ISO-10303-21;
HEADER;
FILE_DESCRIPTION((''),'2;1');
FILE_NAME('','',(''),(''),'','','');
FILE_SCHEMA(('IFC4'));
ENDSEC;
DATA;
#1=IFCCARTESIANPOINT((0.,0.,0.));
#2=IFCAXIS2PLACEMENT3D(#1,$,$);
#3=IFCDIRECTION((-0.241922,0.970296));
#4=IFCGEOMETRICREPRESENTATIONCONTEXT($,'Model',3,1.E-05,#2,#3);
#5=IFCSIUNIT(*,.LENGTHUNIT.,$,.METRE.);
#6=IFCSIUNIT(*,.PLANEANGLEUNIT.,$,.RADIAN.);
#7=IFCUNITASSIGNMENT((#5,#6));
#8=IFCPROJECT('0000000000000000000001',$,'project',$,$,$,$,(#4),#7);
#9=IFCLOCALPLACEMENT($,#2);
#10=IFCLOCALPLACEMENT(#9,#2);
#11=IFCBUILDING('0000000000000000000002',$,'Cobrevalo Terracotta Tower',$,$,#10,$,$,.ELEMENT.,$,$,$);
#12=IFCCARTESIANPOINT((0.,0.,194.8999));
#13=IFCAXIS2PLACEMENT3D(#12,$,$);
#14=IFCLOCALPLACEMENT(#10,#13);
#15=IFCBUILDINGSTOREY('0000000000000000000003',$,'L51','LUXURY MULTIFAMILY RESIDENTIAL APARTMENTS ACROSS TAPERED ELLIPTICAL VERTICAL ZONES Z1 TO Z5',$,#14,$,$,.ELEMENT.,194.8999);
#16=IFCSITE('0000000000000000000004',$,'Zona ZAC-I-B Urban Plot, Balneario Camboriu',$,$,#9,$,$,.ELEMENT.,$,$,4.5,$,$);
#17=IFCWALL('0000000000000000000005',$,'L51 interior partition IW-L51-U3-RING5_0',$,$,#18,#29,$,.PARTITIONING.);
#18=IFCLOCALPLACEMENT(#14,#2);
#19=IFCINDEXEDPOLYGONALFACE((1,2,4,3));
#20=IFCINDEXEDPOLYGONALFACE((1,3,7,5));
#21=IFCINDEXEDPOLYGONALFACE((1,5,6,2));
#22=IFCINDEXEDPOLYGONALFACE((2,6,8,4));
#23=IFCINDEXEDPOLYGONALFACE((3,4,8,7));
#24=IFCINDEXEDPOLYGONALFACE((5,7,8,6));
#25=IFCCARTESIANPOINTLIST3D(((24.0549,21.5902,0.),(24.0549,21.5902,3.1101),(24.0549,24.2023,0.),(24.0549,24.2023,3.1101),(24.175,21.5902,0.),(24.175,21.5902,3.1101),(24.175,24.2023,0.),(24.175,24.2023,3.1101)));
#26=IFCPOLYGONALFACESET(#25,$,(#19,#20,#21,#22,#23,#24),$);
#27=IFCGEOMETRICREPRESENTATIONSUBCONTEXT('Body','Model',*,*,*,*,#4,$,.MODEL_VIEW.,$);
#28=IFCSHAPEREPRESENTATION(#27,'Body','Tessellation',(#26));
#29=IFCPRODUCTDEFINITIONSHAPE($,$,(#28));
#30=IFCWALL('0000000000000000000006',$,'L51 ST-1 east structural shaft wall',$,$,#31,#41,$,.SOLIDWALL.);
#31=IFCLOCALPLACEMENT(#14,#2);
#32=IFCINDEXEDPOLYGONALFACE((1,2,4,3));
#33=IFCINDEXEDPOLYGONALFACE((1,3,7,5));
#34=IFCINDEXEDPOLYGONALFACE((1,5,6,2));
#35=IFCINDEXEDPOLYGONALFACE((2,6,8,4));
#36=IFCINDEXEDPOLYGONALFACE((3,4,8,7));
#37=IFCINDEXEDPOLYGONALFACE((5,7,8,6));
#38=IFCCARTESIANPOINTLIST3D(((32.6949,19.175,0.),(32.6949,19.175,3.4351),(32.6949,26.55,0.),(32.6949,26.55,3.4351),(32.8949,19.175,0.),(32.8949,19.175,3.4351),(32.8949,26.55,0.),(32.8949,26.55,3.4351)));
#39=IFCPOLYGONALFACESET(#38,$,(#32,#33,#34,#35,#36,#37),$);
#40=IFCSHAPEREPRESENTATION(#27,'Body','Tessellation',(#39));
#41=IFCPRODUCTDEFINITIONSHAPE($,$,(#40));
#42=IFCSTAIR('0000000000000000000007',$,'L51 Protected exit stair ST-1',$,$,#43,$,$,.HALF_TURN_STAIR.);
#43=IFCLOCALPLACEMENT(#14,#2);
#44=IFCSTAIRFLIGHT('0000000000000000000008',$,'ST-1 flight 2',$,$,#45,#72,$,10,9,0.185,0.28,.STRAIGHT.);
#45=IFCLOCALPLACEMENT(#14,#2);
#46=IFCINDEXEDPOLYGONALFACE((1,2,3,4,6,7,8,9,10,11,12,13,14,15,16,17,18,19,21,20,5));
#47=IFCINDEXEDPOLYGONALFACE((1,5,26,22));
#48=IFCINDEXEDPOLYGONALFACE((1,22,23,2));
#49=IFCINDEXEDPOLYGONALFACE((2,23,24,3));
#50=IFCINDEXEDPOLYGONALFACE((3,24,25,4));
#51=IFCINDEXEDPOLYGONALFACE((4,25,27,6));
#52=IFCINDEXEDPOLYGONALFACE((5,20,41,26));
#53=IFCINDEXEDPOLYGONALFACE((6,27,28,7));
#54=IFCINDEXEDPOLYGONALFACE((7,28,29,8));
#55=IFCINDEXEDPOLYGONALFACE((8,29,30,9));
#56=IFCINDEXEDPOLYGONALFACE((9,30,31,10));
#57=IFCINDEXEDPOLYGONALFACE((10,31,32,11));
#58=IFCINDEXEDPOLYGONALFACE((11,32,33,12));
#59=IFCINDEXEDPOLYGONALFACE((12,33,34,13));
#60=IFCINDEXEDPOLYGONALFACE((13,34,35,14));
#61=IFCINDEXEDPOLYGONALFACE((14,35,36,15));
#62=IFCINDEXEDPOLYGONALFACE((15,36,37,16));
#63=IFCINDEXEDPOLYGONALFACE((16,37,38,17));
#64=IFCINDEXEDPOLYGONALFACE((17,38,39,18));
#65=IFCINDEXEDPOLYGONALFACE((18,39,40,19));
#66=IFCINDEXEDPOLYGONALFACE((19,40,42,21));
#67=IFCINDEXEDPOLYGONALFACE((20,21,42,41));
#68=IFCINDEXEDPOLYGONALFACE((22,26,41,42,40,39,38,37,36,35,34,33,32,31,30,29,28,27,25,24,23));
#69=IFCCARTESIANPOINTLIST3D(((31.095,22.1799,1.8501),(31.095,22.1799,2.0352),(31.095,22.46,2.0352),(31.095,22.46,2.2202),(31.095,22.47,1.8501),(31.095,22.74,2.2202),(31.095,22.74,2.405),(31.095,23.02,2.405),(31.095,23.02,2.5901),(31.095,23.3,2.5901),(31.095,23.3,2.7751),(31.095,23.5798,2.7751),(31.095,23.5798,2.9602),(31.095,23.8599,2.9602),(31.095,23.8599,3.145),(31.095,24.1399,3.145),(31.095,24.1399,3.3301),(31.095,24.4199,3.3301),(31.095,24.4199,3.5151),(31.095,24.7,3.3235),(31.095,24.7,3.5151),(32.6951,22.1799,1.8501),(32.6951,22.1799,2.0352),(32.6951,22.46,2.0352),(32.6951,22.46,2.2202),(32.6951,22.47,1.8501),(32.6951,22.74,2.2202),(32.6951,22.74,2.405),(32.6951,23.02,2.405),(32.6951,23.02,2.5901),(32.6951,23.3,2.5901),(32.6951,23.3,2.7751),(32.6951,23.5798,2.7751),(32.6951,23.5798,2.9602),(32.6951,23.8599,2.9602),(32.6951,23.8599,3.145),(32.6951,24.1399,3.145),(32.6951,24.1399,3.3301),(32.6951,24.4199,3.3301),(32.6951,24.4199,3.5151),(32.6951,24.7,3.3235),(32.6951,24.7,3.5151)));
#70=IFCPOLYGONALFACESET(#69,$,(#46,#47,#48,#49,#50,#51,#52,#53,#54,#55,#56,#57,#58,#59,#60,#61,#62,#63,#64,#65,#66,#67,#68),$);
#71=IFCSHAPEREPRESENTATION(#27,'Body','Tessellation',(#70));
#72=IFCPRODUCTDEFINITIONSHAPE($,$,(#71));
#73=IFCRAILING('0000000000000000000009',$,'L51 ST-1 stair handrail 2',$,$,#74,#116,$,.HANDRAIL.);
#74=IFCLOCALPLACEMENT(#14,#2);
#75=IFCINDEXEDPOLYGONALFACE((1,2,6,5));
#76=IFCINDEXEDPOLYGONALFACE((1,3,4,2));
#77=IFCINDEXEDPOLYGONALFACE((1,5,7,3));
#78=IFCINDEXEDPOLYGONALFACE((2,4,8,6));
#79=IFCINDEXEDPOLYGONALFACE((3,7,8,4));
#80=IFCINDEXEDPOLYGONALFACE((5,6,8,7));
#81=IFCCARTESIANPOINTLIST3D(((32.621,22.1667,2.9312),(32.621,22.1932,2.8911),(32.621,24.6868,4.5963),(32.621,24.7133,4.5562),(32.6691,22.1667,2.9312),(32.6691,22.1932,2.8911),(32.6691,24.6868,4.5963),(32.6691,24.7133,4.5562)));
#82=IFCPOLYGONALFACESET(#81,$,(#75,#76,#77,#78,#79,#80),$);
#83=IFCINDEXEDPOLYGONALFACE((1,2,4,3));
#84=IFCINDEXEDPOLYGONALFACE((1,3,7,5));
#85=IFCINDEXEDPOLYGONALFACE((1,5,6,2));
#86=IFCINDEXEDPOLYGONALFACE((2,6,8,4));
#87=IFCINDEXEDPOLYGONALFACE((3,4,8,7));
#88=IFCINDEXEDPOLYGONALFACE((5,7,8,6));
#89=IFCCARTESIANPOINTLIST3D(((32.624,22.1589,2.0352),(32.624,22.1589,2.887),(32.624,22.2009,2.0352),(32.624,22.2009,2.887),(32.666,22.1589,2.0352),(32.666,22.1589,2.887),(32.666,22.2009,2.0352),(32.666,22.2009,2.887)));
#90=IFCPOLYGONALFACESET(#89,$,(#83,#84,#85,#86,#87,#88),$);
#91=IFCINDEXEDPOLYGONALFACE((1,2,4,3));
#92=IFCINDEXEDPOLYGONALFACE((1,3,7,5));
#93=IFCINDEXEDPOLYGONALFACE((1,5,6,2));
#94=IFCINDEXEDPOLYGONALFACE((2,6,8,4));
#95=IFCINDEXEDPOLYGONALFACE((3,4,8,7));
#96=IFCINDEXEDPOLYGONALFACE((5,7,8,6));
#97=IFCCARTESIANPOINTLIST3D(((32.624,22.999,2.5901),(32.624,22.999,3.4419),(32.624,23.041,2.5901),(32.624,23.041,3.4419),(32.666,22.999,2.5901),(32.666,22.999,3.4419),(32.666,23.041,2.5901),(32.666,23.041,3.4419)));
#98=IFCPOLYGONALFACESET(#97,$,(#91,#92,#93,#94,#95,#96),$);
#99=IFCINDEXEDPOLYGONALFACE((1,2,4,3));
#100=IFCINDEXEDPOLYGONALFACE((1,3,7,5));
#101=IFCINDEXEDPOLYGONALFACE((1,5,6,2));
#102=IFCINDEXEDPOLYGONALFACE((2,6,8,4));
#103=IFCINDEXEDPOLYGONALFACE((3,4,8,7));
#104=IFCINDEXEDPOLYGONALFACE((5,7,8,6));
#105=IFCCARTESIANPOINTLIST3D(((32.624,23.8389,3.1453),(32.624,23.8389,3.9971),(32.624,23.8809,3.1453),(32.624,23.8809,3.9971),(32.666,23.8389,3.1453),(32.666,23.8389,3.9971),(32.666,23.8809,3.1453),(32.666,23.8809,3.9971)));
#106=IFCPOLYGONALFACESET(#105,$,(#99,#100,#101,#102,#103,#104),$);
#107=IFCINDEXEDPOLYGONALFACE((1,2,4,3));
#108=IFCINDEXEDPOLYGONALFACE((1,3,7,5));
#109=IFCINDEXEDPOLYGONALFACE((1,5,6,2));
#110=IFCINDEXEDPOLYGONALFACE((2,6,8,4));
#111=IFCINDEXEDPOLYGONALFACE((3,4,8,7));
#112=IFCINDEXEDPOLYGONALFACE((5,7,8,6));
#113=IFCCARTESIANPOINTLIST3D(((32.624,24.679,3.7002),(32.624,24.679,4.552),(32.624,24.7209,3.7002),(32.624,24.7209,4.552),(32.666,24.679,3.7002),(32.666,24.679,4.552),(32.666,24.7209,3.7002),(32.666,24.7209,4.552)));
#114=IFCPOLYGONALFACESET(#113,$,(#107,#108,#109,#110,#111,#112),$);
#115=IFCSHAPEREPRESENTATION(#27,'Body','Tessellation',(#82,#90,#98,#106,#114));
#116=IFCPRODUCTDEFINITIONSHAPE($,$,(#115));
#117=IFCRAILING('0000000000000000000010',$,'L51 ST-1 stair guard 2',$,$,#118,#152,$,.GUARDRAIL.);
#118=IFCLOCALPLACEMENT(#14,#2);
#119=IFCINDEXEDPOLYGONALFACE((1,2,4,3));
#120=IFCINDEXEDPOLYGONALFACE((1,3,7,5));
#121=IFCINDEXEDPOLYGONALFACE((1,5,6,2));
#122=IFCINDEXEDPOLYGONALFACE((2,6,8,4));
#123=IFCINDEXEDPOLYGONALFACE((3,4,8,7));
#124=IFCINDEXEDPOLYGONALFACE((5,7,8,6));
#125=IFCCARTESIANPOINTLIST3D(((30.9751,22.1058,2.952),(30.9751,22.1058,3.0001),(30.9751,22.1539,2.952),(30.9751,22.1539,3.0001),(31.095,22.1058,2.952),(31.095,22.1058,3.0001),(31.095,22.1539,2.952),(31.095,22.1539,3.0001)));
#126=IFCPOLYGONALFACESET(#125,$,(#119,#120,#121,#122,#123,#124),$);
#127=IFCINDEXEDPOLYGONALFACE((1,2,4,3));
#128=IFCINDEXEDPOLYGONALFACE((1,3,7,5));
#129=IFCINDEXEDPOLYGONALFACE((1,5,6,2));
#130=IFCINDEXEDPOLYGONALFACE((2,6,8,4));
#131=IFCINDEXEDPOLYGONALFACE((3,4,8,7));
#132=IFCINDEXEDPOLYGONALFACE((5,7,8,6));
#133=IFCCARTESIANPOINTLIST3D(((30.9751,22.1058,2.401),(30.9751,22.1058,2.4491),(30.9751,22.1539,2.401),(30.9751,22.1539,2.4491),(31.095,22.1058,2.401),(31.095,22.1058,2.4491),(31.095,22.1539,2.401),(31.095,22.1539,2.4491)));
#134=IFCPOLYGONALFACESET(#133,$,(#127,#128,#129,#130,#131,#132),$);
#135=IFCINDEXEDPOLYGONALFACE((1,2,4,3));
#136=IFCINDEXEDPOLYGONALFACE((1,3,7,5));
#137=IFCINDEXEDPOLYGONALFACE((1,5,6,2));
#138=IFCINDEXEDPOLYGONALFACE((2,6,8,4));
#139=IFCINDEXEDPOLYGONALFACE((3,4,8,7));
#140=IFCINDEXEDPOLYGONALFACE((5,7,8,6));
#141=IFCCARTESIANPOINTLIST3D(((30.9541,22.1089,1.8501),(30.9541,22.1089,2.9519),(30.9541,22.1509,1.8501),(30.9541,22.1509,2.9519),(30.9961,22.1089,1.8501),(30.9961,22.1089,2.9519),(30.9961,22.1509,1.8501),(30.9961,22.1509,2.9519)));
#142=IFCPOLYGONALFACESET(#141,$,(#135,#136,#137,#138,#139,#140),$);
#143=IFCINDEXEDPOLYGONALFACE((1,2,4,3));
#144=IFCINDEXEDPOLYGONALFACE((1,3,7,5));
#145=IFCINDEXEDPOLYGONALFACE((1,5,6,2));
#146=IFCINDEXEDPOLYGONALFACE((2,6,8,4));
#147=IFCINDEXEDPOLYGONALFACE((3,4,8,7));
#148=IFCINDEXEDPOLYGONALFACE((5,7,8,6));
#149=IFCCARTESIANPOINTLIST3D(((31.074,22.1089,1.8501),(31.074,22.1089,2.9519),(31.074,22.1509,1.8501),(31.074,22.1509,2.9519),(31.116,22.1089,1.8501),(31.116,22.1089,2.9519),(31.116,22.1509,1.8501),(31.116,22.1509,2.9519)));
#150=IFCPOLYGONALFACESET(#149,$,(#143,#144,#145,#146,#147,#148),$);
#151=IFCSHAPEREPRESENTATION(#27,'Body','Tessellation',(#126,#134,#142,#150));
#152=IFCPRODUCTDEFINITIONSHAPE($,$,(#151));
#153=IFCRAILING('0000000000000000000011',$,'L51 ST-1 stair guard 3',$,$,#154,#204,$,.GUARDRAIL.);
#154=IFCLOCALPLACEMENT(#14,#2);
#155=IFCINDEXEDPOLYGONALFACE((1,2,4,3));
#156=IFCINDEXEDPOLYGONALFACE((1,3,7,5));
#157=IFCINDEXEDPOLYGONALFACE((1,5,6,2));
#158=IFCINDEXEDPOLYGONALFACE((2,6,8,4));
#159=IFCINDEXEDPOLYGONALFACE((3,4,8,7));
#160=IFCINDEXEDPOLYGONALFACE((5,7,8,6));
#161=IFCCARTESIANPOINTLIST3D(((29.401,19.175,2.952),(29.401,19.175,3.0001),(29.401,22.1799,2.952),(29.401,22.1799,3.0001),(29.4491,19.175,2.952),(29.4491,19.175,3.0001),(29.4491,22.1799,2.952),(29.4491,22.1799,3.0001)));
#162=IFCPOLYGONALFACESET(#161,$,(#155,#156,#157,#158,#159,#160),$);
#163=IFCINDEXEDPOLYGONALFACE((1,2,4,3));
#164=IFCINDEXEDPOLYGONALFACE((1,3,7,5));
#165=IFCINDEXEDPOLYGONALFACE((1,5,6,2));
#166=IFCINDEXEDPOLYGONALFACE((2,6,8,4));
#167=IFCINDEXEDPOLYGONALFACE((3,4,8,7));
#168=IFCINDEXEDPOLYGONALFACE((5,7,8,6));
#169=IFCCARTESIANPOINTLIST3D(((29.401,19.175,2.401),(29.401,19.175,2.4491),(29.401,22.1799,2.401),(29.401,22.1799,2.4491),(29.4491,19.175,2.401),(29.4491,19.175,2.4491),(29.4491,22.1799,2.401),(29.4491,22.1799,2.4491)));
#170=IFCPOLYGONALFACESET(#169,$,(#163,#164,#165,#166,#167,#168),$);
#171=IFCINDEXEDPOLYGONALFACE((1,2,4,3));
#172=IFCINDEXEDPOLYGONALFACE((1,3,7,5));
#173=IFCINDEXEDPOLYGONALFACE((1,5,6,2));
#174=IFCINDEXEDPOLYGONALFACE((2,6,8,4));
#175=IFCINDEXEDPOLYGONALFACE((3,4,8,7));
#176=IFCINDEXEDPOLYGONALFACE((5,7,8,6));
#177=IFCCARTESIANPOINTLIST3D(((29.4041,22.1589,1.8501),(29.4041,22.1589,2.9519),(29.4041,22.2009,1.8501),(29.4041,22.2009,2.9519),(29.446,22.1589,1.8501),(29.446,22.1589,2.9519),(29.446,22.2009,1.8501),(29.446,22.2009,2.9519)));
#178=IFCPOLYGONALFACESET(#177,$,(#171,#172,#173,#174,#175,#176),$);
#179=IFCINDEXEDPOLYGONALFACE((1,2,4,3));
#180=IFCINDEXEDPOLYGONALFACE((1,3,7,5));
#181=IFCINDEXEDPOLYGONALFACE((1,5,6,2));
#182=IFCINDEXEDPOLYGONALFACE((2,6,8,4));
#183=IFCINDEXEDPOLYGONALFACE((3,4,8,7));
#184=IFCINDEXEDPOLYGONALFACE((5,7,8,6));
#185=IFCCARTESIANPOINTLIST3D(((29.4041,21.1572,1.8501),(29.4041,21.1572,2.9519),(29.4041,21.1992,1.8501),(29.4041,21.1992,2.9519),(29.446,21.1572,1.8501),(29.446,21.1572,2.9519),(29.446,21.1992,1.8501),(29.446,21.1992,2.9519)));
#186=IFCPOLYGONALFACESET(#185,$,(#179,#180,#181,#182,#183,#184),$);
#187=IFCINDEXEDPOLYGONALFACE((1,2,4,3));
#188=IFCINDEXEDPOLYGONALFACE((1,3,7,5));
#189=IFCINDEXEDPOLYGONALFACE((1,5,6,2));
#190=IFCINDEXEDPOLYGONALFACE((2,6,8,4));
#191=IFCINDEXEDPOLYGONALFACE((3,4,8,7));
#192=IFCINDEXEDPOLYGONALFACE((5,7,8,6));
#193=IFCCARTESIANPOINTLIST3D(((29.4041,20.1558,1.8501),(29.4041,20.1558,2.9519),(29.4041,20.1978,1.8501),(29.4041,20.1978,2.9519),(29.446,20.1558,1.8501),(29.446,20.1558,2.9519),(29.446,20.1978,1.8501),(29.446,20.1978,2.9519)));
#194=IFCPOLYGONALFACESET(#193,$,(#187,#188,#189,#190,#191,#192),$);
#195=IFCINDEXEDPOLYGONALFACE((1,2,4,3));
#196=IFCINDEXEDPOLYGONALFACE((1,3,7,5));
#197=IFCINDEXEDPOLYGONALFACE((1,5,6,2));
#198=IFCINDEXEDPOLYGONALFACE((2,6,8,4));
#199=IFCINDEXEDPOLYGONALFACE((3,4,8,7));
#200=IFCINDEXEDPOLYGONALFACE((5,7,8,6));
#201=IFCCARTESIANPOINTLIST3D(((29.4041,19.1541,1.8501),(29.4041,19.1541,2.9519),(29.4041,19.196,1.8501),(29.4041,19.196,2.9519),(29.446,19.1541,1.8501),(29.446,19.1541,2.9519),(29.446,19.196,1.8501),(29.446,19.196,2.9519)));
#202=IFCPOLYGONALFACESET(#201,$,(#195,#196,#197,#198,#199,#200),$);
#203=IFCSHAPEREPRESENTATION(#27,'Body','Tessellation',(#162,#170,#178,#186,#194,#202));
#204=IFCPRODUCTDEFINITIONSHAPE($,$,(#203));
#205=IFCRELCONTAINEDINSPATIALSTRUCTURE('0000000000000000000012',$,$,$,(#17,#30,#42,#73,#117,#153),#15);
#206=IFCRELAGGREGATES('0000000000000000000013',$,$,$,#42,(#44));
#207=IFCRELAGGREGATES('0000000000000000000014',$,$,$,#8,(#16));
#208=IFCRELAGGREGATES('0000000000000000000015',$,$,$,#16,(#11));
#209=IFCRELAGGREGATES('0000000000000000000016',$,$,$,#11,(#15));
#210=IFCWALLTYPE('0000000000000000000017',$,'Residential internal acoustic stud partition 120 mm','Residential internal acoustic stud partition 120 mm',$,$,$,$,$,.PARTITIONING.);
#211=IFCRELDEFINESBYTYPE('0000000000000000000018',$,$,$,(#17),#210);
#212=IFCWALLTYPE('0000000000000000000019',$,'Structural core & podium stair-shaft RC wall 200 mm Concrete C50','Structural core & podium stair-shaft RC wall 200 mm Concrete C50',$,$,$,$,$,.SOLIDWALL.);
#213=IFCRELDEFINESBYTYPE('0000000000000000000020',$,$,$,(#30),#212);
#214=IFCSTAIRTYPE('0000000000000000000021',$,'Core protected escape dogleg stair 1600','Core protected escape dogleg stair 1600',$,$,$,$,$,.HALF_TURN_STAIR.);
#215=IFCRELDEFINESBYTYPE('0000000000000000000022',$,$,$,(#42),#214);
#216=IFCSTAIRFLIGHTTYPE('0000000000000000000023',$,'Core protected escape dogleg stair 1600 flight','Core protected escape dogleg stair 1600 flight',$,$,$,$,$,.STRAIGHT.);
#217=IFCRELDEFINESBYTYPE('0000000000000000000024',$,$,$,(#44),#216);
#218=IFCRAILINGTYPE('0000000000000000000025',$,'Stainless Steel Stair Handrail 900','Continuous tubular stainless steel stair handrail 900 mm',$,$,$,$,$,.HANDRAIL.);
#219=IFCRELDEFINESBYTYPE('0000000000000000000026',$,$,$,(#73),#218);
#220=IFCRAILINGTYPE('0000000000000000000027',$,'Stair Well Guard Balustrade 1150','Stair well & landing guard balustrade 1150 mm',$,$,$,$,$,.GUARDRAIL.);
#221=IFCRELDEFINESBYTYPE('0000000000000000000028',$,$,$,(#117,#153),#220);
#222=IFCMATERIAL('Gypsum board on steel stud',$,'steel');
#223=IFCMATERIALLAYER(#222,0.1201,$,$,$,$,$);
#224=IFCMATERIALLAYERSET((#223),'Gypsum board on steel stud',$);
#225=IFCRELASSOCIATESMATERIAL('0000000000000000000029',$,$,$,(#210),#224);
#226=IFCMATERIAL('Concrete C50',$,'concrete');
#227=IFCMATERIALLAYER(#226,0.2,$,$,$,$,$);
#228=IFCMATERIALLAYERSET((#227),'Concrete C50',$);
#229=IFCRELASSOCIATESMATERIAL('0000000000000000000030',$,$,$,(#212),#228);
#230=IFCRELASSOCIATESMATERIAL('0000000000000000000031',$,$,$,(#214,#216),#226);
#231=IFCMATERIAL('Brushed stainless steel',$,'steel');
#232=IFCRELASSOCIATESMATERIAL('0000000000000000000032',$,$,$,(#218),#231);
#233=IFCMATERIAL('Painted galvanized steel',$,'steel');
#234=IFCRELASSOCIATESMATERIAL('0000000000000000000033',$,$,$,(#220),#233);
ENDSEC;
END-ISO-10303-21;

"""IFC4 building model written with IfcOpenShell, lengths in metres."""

from ifc_helpers import new_model, si_unit, direction, frame, frame_2d, origin, origin_2d, place, context, subcontext, project, spatial, polyline, rectangle, outline, extrude, material, layer, layer_set, type_object, element, aggregate, save


model = new_model("IFC4")

# Units and contexts
model_context = context("Model", 3, precision=1e-05, world=origin(), true_north=direction((-0.241922, 0.970296)))
body_context = subcontext(model_context, "Body", "Model", "MODEL_VIEW")
ifc_project = project(units=[si_unit("LENGTHUNIT", "METRE"), si_unit("PLANEANGLEUNIT", "RADIAN")], contexts=[model_context])

# Site, building, storey
site_placement = place(None, origin())
site = spatial("IfcSite", under=ifc_project, at=site_placement, Name="Zona ZAC-I-B Urban Plot, Balneario Camboriu", CompositionType="ELEMENT", RefElevation=4.5)
building_placement = place(site_placement, origin())
building = spatial("IfcBuilding", under=site, at=building_placement, Name="Cobrevalo Terracotta Tower", CompositionType="ELEMENT")
storey_placement = place(building_placement, frame((0.0, 0.0, 194.8999)))
storey = spatial("IfcBuildingStorey", under=building, at=storey_placement, Name="L51", Description="LUXURY MULTIFAMILY RESIDENTIAL APARTMENTS ACROSS TAPERED ELLIPTICAL VERTICAL ZONES Z1 TO Z5", CompositionType="ELEMENT", Elevation=194.8999)

# Shared definitions
ifc_material_1 = material(Name="Gypsum board on steel stud", Category="steel")
ifc_layer_1 = layer(ifc_material_1, 0.1201)
ifc_layer_set_1 = layer_set([ifc_layer_1], Name="Gypsum board on steel stud")
wall_type_1 = type_object("IfcWallType", Name="Residential internal acoustic stud partition 120 mm", Description="Residential internal acoustic stud partition 120 mm", PredefinedType="PARTITIONING", material=ifc_layer_set_1)

# Wall
wall_1_placement = place(storey_placement, frame((24.115, 21.5901, 0.0), z_axis=(0.0, 0.0, 1.0), x_axis=(0.0, 1.0, 0.0)))
element("IfcWall", 1, at=wall_1_placement, inside=storey, type_object=wall_type_1, Name="L51 interior partition IW-L51-U3-RING5_0", PredefinedType="PARTITIONING", context=body_context, shape_type="SweptSolid", body=[
    extrude(rectangle(XDim=2.6121, YDim=0.1201, at=frame_2d((1.3062, 0.0))), origin(), (0.0, 0.0, 1.0), 3.1101),
])

# Wall
ifc_material_2 = material(Name="Concrete C50", Category="concrete")
ifc_layer_2 = layer(ifc_material_2, 0.2)
ifc_layer_set_2 = layer_set([ifc_layer_2], Name="Concrete C50")
wall_type_2 = type_object("IfcWallType", Name="Structural core & podium stair-shaft RC wall 200 mm Concrete C50", Description="Structural core & podium stair-shaft RC wall 200 mm Concrete C50", PredefinedType="SOLIDWALL", material=ifc_layer_set_2)
wall_2_placement = place(storey_placement, frame((32.7949, 19.175, 0.0), z_axis=(0.0, 0.0, 1.0), x_axis=(0.0, 1.0, 0.0)))
element("IfcWall", 2, at=wall_2_placement, inside=storey, type_object=wall_type_2, Name="L51 ST-1 east structural shaft wall", PredefinedType="SOLIDWALL", context=body_context, shape_type="SweptSolid", body=[
    extrude(rectangle(XDim=7.375, YDim=0.2, at=frame_2d((3.6875, 0.0))), origin(), (0.0, 0.0, 1.0), 3.4351),
])

# Stair, stair flight
stair_type = type_object("IfcStairType", Name="Core protected escape dogleg stair 1600", Description="Core protected escape dogleg stair 1600", PredefinedType="HALF_TURN_STAIR", material=ifc_material_2)
stair_placement = place(storey_placement, origin())
stair = element("IfcStair", 3, at=stair_placement, inside=storey, type_object=stair_type, Name="L51 Protected exit stair ST-1", PredefinedType="HALF_TURN_STAIR")
stair_flight_type = type_object("IfcStairFlightType", Name="Core protected escape dogleg stair 1600 flight", Description="Core protected escape dogleg stair 1600 flight", PredefinedType="STRAIGHT", material=ifc_material_2)
stair_flight_placement = place(storey_placement, frame((31.895, 22.1799, 1.8501), z_axis=(0.0, 0.0, 1.0), x_axis=(0.0, 1.0, 0.0)))
stair_flight = element("IfcStairFlight", 4, at=stair_flight_placement, type_object=stair_flight_type, Name="ST-1 flight 2", NumberOfRisers=10, NumberOfTreads=9, PredefinedType="STRAIGHT", RiserHeight=0.185, TreadLength=0.28, context=body_context, shape_type="SweptSolid", body=[
    extrude(outline(polyline([(0.0, 0.0), (0.0, 0.1851), (0.28, 0.1851), (0.28, 0.3701), (0.5601, 0.3701), (0.5601, 0.5549), (0.8401, 0.5549), (0.8401, 0.74), (1.1201, 0.74), (1.1201, 0.925), (1.3999, 0.925), (1.3999, 1.1101), (1.6799, 1.1101), (1.6799, 1.2949), (1.96, 1.2949), (1.96, 1.48), (2.24, 1.48), (2.24, 1.665), (2.52, 1.665), (2.52, 1.8501), (2.52, 1.4734), (0.29, 0.0), (0.0, 0.0)])), frame((0.0, 0.8, 0.0), z_axis=(0.0, -1.0, 0.0), x_axis=(1.0, 0.0, 0.0)), (0.0, 0.0, 1.0), 1.6001),
])
aggregate(stair, [stair_flight])

# Railings
ifc_material_3 = material(Name="Brushed stainless steel", Category="steel")
railing_type_1 = type_object("IfcRailingType", Name="Stainless Steel Stair Handrail 900", Description="Continuous tubular stainless steel stair handrail 900 mm", PredefinedType="HANDRAIL", material=ifc_material_3)
railing_1_placement = place(storey_placement, frame((32.645, 22.1799, 2.0352)))
element("IfcRailing", 5, at=railing_1_placement, inside=storey, type_object=railing_type_1, Name="L51 ST-1 stair handrail 2", PredefinedType="HANDRAIL", context=body_context, shape_type="SweptSolid", body=[
    extrude(rectangle(XDim=0.0481, YDim=0.0481, at=origin_2d()), frame((0.0, 0.0, 0.876), z_axis=(0.0, 0.834331, 0.551263), x_axis=(-1.0, 0.0, 0.0)), (0.0, 0.0, 1.0), 3.0205),
    extrude(rectangle(XDim=0.042, YDim=0.042, at=origin_2d()), origin(), (0.0, 0.0, 1.0), 0.8518),
    extrude(rectangle(XDim=0.042, YDim=0.042, at=origin_2d()), frame((0.0, 0.8401, 0.5549)), (0.0, 0.0, 1.0), 0.8518),
    extrude(rectangle(XDim=0.042, YDim=0.042, at=origin_2d()), frame((0.0, 1.6799, 1.1101)), (0.0, 0.0, 1.0), 0.8518),
    extrude(rectangle(XDim=0.042, YDim=0.042, at=origin_2d()), frame((0.0, 2.52, 1.665)), (0.0, 0.0, 1.0), 0.8518),
])
ifc_material_4 = material(Name="Painted galvanized steel", Category="steel")
railing_type_2 = type_object("IfcRailingType", Name="Stair Well Guard Balustrade 1150", Description="Stair well & landing guard balustrade 1150 mm", PredefinedType="GUARDRAIL", material=ifc_material_4)
railing_2_placement = place(storey_placement, frame((30.9751, 22.1299, 1.8501)))
element("IfcRailing", 6, at=railing_2_placement, inside=storey, type_object=railing_type_2, Name="L51 ST-1 stair guard 2", PredefinedType="GUARDRAIL", context=body_context, shape_type="SweptSolid", body=[
    extrude(rectangle(XDim=0.0481, YDim=0.0481, at=origin_2d()), frame((0.0, 0.0, 1.126), z_axis=(1.0, 0.0, 0.0), x_axis=(0.0, 1.0, 0.0)), (0.0, 0.0, 1.0), 0.1199),
    extrude(rectangle(XDim=0.0481, YDim=0.0481, at=origin_2d()), frame((0.0, 0.0, 0.575), z_axis=(1.0, 0.0, 0.0), x_axis=(0.0, 1.0, 0.0)), (0.0, 0.0, 1.0), 0.1199),
    extrude(rectangle(XDim=0.042, YDim=0.042, at=origin_2d()), origin(), (0.0, 0.0, 1.0), 1.1018),
    extrude(rectangle(XDim=0.042, YDim=0.042, at=origin_2d()), frame((0.1199, 0.0, 0.0)), (0.0, 0.0, 1.0), 1.1018),
])
for number, where, name in (
    (7, (29.425, 22.1799, 1.8501), "L51 ST-1 stair guard 3"),
):
    element("IfcRailing", number, at=place(storey_placement, frame(where)), inside=storey, type_object=railing_type_2, Name=name, PredefinedType="GUARDRAIL", context=body_context, shape_type="SweptSolid", body=[
        extrude(rectangle(XDim=0.0481, YDim=0.0481, at=origin_2d()), frame((0.0, 0.0, 1.126), z_axis=(0.0, -1.0, 0.0), x_axis=(1.0, 0.0, 0.0)), (0.0, 0.0, 1.0), 3.0049),
        extrude(rectangle(XDim=0.0481, YDim=0.0481, at=origin_2d()), frame((0.0, 0.0, 0.575), z_axis=(0.0, -1.0, 0.0), x_axis=(1.0, 0.0, 0.0)), (0.0, 0.0, 1.0), 3.0049),
        extrude(rectangle(XDim=0.042, YDim=0.042, at=origin_2d()), origin(), (0.0, 0.0, 1.0), 1.1018),
        extrude(rectangle(XDim=0.042, YDim=0.042, at=origin_2d()), frame((0.0, -1.0017, 0.0)), (0.0, 0.0, 1.0), 1.1018),
        extrude(rectangle(XDim=0.042, YDim=0.042, at=origin_2d()), frame((0.0, -2.0032, 0.0)), (0.0, 0.0, 1.0), 1.1018),
        extrude(rectangle(XDim=0.042, YDim=0.042, at=origin_2d()), frame((0.0, -3.0049, 0.0)), (0.0, 0.0, 1.0), 1.1018),
    ])

save(model, "model.ifc")
